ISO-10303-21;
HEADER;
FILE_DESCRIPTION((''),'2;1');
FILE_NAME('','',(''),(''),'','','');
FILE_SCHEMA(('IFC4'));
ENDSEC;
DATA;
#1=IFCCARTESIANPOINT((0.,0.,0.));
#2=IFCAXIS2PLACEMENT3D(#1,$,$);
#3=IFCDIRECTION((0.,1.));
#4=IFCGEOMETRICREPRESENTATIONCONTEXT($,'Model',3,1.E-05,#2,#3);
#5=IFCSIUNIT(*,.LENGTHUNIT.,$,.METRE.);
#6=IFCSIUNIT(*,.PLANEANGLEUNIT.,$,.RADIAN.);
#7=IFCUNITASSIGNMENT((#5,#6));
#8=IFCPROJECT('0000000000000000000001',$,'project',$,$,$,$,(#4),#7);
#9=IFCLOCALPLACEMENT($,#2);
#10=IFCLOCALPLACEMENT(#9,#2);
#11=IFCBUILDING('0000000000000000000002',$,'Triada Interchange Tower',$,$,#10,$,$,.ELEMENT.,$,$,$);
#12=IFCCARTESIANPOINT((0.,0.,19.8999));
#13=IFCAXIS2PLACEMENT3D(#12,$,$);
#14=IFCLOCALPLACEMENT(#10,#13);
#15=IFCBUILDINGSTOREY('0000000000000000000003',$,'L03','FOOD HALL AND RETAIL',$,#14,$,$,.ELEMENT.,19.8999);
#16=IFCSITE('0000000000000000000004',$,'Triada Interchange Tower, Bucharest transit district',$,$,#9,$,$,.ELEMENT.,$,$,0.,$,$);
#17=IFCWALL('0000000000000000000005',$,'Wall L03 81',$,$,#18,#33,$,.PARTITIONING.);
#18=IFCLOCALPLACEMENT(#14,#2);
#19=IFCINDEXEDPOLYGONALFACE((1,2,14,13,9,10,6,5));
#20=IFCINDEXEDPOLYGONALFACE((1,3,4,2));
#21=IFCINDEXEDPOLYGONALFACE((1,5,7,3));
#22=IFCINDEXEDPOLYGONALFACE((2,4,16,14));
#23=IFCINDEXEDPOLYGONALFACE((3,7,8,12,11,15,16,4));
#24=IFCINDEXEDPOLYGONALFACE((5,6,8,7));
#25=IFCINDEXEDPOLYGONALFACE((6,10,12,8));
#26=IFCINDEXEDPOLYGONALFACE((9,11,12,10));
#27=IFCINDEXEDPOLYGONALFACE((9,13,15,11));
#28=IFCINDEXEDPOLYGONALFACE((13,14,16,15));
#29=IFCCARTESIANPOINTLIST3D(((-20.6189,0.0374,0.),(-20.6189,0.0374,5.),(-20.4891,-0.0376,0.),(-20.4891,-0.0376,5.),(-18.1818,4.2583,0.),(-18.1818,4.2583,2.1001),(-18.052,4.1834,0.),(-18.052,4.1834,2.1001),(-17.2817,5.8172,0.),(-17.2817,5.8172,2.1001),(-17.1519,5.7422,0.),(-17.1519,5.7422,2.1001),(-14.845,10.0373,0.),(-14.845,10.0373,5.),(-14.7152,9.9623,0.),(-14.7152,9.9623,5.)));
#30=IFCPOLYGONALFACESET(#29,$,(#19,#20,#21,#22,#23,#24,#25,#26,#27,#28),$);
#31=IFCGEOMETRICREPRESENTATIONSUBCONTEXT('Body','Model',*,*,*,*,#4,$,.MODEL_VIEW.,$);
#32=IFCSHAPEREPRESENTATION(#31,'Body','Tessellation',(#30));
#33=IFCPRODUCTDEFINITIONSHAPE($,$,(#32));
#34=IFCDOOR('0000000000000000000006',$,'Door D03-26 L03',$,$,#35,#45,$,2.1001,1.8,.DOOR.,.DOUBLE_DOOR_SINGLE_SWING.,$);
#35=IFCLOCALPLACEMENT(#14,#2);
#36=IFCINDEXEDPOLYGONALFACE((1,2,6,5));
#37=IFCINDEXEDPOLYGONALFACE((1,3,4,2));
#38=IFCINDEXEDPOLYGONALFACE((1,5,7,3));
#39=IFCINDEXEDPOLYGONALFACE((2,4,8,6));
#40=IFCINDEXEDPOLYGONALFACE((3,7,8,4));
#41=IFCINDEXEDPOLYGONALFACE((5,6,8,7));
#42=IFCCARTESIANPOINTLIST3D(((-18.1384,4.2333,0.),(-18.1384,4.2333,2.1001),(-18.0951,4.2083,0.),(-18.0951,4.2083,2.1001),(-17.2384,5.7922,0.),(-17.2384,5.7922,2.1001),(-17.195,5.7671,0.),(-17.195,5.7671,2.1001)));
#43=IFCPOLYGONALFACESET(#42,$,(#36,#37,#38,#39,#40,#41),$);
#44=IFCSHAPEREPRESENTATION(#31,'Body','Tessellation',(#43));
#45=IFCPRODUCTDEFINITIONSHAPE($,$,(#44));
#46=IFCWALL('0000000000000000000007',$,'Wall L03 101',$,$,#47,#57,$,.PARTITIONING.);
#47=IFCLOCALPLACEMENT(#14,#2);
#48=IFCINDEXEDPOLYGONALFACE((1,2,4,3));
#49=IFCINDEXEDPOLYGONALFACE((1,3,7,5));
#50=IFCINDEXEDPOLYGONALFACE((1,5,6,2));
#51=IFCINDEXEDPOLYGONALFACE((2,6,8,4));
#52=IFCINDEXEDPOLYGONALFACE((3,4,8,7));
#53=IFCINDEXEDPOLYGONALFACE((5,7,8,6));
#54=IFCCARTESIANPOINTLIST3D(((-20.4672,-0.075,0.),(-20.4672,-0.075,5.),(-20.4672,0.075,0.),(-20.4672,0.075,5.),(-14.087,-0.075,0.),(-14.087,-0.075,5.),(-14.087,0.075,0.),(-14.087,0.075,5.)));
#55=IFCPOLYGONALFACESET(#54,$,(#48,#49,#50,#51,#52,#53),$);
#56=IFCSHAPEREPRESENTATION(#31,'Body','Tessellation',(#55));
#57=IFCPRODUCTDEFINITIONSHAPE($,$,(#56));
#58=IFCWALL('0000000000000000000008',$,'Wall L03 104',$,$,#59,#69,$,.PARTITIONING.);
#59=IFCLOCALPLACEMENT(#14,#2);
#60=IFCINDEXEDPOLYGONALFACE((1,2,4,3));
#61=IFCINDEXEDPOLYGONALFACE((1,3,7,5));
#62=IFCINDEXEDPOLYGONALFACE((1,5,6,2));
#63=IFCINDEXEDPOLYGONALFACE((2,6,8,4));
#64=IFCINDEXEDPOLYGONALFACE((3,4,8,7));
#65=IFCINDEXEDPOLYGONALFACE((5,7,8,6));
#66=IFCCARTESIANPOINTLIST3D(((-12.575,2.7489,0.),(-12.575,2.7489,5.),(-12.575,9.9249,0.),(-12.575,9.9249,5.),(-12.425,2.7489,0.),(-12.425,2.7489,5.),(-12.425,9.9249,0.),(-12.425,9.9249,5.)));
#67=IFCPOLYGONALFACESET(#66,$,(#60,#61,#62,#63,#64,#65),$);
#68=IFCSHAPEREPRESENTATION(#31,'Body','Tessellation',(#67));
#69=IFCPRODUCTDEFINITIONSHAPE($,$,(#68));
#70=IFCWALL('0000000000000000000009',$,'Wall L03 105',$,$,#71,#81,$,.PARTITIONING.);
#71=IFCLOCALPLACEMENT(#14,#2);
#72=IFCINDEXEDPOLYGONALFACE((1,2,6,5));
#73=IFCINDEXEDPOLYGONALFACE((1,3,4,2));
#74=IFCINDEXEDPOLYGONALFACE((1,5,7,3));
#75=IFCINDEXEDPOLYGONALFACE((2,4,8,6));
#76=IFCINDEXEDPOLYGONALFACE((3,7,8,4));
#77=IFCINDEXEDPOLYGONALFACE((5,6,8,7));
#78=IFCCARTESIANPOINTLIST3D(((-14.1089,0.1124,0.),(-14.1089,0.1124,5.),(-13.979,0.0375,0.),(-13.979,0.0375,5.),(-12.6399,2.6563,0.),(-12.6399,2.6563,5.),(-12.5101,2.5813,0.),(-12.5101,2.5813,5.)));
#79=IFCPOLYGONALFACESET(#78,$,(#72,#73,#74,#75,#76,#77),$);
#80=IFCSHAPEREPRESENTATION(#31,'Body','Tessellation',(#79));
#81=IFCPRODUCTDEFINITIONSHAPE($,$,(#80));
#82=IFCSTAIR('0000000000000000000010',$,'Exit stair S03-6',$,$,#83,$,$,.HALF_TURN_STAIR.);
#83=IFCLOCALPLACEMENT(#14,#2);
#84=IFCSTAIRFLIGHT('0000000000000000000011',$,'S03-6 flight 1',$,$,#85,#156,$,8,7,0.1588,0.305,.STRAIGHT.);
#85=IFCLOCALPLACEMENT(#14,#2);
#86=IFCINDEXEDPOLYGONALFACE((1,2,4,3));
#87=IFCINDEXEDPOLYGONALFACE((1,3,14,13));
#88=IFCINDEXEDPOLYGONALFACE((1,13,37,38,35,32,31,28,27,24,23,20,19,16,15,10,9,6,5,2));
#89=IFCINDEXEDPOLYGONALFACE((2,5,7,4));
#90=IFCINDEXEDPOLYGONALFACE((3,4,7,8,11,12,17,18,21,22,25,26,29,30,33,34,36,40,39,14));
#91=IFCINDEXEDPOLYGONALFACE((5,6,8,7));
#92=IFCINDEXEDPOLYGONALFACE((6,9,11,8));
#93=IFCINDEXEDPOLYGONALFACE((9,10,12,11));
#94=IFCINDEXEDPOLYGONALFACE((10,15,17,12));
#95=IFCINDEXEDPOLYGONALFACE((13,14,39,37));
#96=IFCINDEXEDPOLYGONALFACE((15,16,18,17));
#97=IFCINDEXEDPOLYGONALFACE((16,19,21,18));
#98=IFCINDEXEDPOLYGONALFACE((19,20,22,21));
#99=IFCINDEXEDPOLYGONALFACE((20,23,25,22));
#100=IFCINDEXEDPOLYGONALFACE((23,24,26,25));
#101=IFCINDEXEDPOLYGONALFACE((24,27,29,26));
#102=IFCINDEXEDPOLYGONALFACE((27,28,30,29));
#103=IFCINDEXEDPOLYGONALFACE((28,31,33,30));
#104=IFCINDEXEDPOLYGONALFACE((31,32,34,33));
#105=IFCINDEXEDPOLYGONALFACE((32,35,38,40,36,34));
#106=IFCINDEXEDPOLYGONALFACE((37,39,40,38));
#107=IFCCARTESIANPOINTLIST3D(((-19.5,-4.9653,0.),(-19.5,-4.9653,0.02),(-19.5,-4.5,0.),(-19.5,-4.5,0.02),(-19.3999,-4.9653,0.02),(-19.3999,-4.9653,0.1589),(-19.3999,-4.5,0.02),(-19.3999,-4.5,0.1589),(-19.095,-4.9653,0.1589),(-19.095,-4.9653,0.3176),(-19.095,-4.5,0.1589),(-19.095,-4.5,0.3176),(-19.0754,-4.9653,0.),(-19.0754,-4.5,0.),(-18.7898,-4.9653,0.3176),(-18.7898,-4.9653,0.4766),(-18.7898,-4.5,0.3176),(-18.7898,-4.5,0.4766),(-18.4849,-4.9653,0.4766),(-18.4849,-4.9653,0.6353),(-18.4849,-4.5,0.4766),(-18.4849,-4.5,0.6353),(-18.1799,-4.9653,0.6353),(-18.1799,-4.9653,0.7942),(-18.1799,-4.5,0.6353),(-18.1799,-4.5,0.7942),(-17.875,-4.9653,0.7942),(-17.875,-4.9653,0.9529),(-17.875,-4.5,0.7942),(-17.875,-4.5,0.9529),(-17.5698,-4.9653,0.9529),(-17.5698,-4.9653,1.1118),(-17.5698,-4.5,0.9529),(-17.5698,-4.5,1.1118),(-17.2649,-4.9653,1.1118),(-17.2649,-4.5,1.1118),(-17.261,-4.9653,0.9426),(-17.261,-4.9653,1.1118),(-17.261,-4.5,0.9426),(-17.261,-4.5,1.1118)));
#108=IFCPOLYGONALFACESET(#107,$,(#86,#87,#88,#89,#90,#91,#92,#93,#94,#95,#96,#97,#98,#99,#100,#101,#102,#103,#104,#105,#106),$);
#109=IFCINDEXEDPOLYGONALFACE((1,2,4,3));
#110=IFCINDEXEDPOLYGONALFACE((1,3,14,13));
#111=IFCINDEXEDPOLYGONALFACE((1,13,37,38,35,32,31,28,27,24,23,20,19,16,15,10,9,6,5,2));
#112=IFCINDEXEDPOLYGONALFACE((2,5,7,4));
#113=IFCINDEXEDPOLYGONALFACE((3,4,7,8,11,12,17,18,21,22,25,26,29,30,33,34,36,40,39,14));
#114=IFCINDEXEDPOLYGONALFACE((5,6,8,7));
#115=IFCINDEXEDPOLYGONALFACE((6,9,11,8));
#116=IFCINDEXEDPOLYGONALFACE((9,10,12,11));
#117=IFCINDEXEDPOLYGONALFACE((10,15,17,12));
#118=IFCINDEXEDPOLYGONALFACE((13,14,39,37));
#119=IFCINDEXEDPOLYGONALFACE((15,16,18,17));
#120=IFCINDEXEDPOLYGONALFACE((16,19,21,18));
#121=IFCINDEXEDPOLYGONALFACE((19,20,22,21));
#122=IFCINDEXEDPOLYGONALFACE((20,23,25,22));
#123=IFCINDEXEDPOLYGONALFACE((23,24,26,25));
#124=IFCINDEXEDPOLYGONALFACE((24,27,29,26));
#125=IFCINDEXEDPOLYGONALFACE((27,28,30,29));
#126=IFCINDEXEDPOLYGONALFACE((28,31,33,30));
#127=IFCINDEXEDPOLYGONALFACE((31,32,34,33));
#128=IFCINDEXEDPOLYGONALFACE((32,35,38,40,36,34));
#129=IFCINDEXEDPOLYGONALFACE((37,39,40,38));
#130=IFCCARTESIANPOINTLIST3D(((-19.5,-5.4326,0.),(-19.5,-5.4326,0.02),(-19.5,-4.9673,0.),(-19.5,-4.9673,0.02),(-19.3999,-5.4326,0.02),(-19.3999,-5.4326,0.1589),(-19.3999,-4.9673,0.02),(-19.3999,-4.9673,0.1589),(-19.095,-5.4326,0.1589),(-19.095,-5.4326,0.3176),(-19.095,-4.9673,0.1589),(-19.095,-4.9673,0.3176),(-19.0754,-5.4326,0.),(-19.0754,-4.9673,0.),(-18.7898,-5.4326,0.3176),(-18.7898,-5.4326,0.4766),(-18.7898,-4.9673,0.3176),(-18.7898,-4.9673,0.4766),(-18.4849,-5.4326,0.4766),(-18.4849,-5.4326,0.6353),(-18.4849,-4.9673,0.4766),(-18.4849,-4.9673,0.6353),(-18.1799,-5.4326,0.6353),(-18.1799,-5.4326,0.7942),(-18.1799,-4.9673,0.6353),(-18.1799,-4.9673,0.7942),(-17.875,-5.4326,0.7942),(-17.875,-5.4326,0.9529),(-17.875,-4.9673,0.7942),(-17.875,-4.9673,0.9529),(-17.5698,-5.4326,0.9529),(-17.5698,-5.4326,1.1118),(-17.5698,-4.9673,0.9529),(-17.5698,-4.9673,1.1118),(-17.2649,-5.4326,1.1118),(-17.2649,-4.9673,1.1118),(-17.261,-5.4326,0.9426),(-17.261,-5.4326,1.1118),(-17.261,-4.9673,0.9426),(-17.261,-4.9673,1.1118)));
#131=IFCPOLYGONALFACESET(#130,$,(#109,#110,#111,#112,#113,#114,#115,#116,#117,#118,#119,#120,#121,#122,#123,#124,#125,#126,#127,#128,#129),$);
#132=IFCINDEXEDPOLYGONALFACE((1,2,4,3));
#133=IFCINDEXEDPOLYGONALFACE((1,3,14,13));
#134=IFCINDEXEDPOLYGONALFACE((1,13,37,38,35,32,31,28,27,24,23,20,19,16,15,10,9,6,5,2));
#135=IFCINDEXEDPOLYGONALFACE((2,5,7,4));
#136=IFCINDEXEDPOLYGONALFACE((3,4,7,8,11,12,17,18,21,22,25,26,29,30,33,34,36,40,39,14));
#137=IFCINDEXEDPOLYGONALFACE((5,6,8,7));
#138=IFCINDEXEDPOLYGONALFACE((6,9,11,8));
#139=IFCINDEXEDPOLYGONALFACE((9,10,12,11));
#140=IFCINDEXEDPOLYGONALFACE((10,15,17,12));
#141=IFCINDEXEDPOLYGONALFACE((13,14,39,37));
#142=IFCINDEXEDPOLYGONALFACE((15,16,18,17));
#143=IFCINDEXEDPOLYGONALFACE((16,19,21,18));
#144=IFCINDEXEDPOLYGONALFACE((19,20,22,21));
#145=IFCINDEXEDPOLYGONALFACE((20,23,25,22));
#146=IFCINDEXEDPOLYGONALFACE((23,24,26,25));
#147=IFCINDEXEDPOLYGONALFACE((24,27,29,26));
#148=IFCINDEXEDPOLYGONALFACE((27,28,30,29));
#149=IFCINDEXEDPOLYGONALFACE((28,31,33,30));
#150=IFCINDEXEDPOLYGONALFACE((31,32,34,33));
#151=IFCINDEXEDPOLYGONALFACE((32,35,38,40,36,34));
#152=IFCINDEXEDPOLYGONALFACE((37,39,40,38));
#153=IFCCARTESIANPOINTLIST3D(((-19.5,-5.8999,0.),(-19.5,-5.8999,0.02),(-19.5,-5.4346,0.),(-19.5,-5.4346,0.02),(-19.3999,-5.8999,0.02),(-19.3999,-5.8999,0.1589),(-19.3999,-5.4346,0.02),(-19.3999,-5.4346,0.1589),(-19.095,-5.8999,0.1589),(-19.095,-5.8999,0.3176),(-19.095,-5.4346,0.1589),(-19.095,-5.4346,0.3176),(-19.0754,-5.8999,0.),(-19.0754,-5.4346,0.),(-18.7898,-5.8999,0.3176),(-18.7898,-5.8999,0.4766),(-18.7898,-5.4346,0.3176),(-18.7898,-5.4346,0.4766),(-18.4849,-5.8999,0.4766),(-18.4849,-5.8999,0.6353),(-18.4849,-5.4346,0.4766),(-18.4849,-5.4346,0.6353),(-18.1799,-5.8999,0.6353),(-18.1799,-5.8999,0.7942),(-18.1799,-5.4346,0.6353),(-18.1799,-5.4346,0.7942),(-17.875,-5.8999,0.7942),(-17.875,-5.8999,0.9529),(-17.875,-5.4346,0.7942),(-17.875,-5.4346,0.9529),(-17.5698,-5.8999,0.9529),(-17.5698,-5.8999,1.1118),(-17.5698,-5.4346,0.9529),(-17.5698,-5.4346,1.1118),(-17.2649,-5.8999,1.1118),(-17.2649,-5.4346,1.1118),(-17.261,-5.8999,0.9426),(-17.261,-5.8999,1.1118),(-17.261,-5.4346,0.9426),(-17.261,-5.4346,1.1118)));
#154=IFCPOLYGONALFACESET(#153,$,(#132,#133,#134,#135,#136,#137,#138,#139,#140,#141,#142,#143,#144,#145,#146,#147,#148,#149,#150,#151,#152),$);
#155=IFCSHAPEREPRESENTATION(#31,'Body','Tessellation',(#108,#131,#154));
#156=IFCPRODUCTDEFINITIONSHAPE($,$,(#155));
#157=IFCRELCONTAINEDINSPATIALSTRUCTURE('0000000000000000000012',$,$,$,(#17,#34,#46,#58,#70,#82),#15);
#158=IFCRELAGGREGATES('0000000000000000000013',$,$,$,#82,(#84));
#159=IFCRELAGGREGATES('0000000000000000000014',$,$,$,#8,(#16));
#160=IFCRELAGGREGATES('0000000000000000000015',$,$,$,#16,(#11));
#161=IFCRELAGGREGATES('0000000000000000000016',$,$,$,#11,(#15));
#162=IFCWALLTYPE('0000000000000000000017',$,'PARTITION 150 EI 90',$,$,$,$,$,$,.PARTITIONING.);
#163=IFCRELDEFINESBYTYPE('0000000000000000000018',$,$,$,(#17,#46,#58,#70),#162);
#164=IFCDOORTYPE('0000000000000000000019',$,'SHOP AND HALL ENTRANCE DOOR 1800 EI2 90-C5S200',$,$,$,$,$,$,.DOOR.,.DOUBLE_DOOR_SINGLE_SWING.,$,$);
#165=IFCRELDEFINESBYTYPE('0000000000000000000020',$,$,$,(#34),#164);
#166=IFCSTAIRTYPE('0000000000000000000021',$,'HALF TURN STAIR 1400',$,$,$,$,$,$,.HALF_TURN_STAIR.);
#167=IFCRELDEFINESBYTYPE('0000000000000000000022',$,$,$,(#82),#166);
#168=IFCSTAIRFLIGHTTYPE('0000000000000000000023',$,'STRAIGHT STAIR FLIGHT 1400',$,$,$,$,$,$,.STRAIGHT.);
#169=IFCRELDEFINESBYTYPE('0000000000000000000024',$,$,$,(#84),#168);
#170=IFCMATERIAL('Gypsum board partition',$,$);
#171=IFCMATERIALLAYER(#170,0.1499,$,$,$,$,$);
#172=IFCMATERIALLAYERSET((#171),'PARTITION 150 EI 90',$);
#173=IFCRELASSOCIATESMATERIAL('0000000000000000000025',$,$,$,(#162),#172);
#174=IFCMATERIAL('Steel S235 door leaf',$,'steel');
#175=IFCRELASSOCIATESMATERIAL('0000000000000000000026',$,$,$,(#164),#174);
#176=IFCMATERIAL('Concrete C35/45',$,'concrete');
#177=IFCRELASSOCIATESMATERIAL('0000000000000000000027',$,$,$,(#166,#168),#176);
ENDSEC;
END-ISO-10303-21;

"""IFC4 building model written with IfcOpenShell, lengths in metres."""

from ifc_helpers import new_model, si_unit, direction, frame, frame_2d, origin, place, context, subcontext, project, spatial, polyline, rectangle, outline, extrude, material, layer, layer_set, type_object, element, fill, aggregate, save


model = new_model("IFC4")

# Units and contexts
model_context = context("Model", 3, precision=1e-05, world=origin(), true_north=direction((0.0, 1.0)))
body_context = subcontext(model_context, "Body", "Model", "MODEL_VIEW")
ifc_project = project(units=[si_unit("LENGTHUNIT", "METRE"), si_unit("PLANEANGLEUNIT", "RADIAN")], contexts=[model_context])

# Site, building, storey
site_placement = place(None, origin())
site = spatial("IfcSite", under=ifc_project, at=site_placement, Name="Triada Interchange Tower, Bucharest transit district", CompositionType="ELEMENT", RefElevation=0.0)
building_placement = place(site_placement, origin())
building = spatial("IfcBuilding", under=site, at=building_placement, Name="Triada Interchange Tower", CompositionType="ELEMENT")
storey_placement = place(building_placement, frame((0.0, 0.0, 19.8999)))
storey = spatial("IfcBuildingStorey", under=building, at=storey_placement, Name="L03", Description="FOOD HALL AND RETAIL", CompositionType="ELEMENT", Elevation=19.8999)

# Shared definitions
ifc_material_1 = material(Name="Concrete C35/45", Category="concrete")

# Wall, opening, door
ifc_material_2 = material(Name="Gypsum board partition")
ifc_layer_1 = layer(ifc_material_2, 0.1499)
ifc_layer_set_1 = layer_set([ifc_layer_1], Name="PARTITION 150 EI 90")
wall_type_1 = type_object("IfcWallType", Name="PARTITION 150 EI 90", PredefinedType="PARTITIONING", material=ifc_layer_set_1)
ifc_material_3 = material(Name="Steel S235 door leaf", Category="steel")
wall_1_placement = place(storey_placement, frame((-20.554, 0.0, 0.0), z_axis=(0.0, 0.0, 1.0), x_axis=(0.500027, 0.86601, 0.0)))
wall_1 = element("IfcWall", 1, at=wall_1_placement, inside=storey, type_object=wall_type_1, Name="Wall L03 81", PredefinedType="PARTITIONING", context=body_context, shape_type="SweptSolid", body=[
    extrude(rectangle(XDim=11.5471, YDim=0.1499, at=frame_2d((5.7734, 0.0))), origin(), (0.0, 0.0, 1.0), 5.0),
])
opening_1_placement = place(wall_1_placement, frame((4.874, 0.0, 0.0)))
opening_1 = element("IfcOpeningElement", 2, at=opening_1_placement, cuts=wall_1, PredefinedType="OPENING", context=body_context, shape_type="SweptSolid", body=[
    extrude(rectangle(XDim=1.8, YDim=2.1001, at=frame_2d((0.8999, 1.05))), frame((0.0, 0.085, 0.0), z_axis=(0.0, -1.0, 0.0), x_axis=(1.0, 0.0, 0.0)), (0.0, 0.0, 1.0), 0.1699),
])
door_type_1 = type_object("IfcDoorType", Name="SHOP AND HALL ENTRANCE DOOR 1800 EI2 90-C5S200", OperationType="DOUBLE_DOOR_SINGLE_SWING", PredefinedType="DOOR", material=ifc_material_3)
door_1_placement = place(opening_1_placement, origin())
door_1 = element("IfcDoor", 3, at=door_1_placement, inside=storey, type_object=door_type_1, Name="Door D03-26 L03", OperationType="DOUBLE_DOOR_SINGLE_SWING", OverallHeight=2.1001, OverallWidth=1.8, PredefinedType="DOOR", context=body_context, shape_type="SweptSolid", body=[
    extrude(rectangle(XDim=1.8, YDim=2.1001, at=frame_2d((0.8999, 1.05))), frame((0.0, 0.0249, 0.0), z_axis=(0.0, -1.0, 0.0), x_axis=(1.0, 0.0, 0.0)), (0.0, 0.0, 1.0), 0.05),
])
fill(opening_1, door_1)

# Walls
wall_2_placement = place(storey_placement, frame((-20.467, 0.0, 0.0), z_axis=(0.0, 0.0, 1.0), x_axis=(1.0, 0.0, 0.0)))
element("IfcWall", 4, at=wall_2_placement, inside=storey, type_object=wall_type_1, Name="Wall L03 101", PredefinedType="PARTITIONING", context=body_context, shape_type="SweptSolid", body=[
    extrude(rectangle(XDim=6.3801, YDim=0.1499, at=frame_2d((3.1899, 0.0))), origin(), (0.0, 0.0, 1.0), 5.0),
])
wall_3_placement = place(storey_placement, frame((-12.5, 2.749, 0.0), z_axis=(0.0, 0.0, 1.0), x_axis=(0.0, 1.0, 0.0)))
element("IfcWall", 5, at=wall_3_placement, inside=storey, type_object=wall_type_1, Name="Wall L03 104", PredefinedType="PARTITIONING", context=body_context, shape_type="SweptSolid", body=[
    extrude(rectangle(XDim=7.176, YDim=0.1499, at=frame_2d((3.5879, 0.0))), origin(), (0.0, 0.0, 1.0), 5.0),
])
wall_4_placement = place(storey_placement, frame((-14.0439, 0.075, 0.0), z_axis=(0.0, 0.0, 1.0), x_axis=(0.500063, 0.865989, 0.0)))
element("IfcWall", 6, at=wall_4_placement, inside=storey, type_object=wall_type_1, Name="Wall L03 105", PredefinedType="PARTITIONING", context=body_context, shape_type="SweptSolid", body=[
    extrude(rectangle(XDim=2.9375, YDim=0.1499, at=frame_2d((1.4688, 0.0))), origin(), (0.0, 0.0, 1.0), 5.0),
])

# Stair, stair flight
stair_type = type_object("IfcStairType", Name="HALF TURN STAIR 1400", PredefinedType="HALF_TURN_STAIR", material=ifc_material_1)
stair_1_placement = place(storey_placement, origin())
stair_1 = element("IfcStair", 7, at=stair_1_placement, inside=storey, type_object=stair_type, Name="Exit stair S03-6", PredefinedType="HALF_TURN_STAIR")
stair_flight_type = type_object("IfcStairFlightType", Name="STRAIGHT STAIR FLIGHT 1400", PredefinedType="STRAIGHT", material=ifc_material_1)
stair_flight_1_placement = place(storey_placement, frame((-19.3999, -5.2, 0.0), z_axis=(0.0, 0.0, 1.0), x_axis=(1.0, 0.0, 0.0)))
stair_flight_1 = element("IfcStairFlight", 8, at=stair_flight_1_placement, type_object=stair_flight_type, Name="S03-6 flight 1", NumberOfRisers=8, NumberOfTreads=7, PredefinedType="STRAIGHT", RiserHeight=0.1588, TreadLength=0.305, context=body_context, shape_type="SweptSolid", body=[
    extrude(outline(polyline([(-0.1001, 0.0), (-0.1001, 0.02), (0.0, 0.02), (0.0, 0.1589), (0.3049, 0.1589), (0.3049, 0.3176), (0.6101, 0.3176), (0.6101, 0.4766), (0.915, 0.4766), (0.915, 0.6353), (1.22, 0.6353), (1.22, 0.7942), (1.5249, 0.7942), (1.5249, 0.9529), (1.8301, 0.9529), (1.8301, 1.1118), (2.135, 1.1118), (2.1389, 1.1118), (2.1389, 1.2705), (2.1389, 0.9426), (0.3245, 0.0), (-0.1001, 0.0)])), frame((0.0, 0.7, 0.0), z_axis=(0.0, -1.0, 0.0), x_axis=(1.0, 0.0, 0.0)), (0.0, 0.0, 1.0), 0.4653),
    extrude(outline(polyline([(-0.1001, 0.0), (-0.1001, 0.02), (0.0, 0.02), (0.0, 0.1589), (0.3049, 0.1589), (0.3049, 0.3176), (0.6101, 0.3176), (0.6101, 0.4766), (0.915, 0.4766), (0.915, 0.6353), (1.22, 0.6353), (1.22, 0.7942), (1.5249, 0.7942), (1.5249, 0.9529), (1.8301, 0.9529), (1.8301, 1.1118), (2.135, 1.1118), (2.1389, 1.1118), (2.1389, 1.2705), (2.1389, 0.9426), (0.3245, 0.0), (-0.1001, 0.0)])), frame((0.0, 0.2327, 0.0), z_axis=(0.0, -1.0, 0.0), x_axis=(1.0, 0.0, 0.0)), (0.0, 0.0, 1.0), 0.4653),
    extrude(outline(polyline([(-0.1001, 0.0), (-0.1001, 0.02), (0.0, 0.02), (0.0, 0.1589), (0.3049, 0.1589), (0.3049, 0.3176), (0.6101, 0.3176), (0.6101, 0.4766), (0.915, 0.4766), (0.915, 0.6353), (1.22, 0.6353), (1.22, 0.7942), (1.5249, 0.7942), (1.5249, 0.9529), (1.8301, 0.9529), (1.8301, 1.1118), (2.135, 1.1118), (2.1389, 1.1118), (2.1389, 1.2705), (2.1389, 0.9426), (0.3245, 0.0), (-0.1001, 0.0)])), frame((0.0, -0.2346, 0.0), z_axis=(0.0, -1.0, 0.0), x_axis=(1.0, 0.0, 0.0)), (0.0, 0.0, 1.0), 0.4653),
])

aggregate(stair_1, [stair_flight_1])

save(model, "model.ifc")
